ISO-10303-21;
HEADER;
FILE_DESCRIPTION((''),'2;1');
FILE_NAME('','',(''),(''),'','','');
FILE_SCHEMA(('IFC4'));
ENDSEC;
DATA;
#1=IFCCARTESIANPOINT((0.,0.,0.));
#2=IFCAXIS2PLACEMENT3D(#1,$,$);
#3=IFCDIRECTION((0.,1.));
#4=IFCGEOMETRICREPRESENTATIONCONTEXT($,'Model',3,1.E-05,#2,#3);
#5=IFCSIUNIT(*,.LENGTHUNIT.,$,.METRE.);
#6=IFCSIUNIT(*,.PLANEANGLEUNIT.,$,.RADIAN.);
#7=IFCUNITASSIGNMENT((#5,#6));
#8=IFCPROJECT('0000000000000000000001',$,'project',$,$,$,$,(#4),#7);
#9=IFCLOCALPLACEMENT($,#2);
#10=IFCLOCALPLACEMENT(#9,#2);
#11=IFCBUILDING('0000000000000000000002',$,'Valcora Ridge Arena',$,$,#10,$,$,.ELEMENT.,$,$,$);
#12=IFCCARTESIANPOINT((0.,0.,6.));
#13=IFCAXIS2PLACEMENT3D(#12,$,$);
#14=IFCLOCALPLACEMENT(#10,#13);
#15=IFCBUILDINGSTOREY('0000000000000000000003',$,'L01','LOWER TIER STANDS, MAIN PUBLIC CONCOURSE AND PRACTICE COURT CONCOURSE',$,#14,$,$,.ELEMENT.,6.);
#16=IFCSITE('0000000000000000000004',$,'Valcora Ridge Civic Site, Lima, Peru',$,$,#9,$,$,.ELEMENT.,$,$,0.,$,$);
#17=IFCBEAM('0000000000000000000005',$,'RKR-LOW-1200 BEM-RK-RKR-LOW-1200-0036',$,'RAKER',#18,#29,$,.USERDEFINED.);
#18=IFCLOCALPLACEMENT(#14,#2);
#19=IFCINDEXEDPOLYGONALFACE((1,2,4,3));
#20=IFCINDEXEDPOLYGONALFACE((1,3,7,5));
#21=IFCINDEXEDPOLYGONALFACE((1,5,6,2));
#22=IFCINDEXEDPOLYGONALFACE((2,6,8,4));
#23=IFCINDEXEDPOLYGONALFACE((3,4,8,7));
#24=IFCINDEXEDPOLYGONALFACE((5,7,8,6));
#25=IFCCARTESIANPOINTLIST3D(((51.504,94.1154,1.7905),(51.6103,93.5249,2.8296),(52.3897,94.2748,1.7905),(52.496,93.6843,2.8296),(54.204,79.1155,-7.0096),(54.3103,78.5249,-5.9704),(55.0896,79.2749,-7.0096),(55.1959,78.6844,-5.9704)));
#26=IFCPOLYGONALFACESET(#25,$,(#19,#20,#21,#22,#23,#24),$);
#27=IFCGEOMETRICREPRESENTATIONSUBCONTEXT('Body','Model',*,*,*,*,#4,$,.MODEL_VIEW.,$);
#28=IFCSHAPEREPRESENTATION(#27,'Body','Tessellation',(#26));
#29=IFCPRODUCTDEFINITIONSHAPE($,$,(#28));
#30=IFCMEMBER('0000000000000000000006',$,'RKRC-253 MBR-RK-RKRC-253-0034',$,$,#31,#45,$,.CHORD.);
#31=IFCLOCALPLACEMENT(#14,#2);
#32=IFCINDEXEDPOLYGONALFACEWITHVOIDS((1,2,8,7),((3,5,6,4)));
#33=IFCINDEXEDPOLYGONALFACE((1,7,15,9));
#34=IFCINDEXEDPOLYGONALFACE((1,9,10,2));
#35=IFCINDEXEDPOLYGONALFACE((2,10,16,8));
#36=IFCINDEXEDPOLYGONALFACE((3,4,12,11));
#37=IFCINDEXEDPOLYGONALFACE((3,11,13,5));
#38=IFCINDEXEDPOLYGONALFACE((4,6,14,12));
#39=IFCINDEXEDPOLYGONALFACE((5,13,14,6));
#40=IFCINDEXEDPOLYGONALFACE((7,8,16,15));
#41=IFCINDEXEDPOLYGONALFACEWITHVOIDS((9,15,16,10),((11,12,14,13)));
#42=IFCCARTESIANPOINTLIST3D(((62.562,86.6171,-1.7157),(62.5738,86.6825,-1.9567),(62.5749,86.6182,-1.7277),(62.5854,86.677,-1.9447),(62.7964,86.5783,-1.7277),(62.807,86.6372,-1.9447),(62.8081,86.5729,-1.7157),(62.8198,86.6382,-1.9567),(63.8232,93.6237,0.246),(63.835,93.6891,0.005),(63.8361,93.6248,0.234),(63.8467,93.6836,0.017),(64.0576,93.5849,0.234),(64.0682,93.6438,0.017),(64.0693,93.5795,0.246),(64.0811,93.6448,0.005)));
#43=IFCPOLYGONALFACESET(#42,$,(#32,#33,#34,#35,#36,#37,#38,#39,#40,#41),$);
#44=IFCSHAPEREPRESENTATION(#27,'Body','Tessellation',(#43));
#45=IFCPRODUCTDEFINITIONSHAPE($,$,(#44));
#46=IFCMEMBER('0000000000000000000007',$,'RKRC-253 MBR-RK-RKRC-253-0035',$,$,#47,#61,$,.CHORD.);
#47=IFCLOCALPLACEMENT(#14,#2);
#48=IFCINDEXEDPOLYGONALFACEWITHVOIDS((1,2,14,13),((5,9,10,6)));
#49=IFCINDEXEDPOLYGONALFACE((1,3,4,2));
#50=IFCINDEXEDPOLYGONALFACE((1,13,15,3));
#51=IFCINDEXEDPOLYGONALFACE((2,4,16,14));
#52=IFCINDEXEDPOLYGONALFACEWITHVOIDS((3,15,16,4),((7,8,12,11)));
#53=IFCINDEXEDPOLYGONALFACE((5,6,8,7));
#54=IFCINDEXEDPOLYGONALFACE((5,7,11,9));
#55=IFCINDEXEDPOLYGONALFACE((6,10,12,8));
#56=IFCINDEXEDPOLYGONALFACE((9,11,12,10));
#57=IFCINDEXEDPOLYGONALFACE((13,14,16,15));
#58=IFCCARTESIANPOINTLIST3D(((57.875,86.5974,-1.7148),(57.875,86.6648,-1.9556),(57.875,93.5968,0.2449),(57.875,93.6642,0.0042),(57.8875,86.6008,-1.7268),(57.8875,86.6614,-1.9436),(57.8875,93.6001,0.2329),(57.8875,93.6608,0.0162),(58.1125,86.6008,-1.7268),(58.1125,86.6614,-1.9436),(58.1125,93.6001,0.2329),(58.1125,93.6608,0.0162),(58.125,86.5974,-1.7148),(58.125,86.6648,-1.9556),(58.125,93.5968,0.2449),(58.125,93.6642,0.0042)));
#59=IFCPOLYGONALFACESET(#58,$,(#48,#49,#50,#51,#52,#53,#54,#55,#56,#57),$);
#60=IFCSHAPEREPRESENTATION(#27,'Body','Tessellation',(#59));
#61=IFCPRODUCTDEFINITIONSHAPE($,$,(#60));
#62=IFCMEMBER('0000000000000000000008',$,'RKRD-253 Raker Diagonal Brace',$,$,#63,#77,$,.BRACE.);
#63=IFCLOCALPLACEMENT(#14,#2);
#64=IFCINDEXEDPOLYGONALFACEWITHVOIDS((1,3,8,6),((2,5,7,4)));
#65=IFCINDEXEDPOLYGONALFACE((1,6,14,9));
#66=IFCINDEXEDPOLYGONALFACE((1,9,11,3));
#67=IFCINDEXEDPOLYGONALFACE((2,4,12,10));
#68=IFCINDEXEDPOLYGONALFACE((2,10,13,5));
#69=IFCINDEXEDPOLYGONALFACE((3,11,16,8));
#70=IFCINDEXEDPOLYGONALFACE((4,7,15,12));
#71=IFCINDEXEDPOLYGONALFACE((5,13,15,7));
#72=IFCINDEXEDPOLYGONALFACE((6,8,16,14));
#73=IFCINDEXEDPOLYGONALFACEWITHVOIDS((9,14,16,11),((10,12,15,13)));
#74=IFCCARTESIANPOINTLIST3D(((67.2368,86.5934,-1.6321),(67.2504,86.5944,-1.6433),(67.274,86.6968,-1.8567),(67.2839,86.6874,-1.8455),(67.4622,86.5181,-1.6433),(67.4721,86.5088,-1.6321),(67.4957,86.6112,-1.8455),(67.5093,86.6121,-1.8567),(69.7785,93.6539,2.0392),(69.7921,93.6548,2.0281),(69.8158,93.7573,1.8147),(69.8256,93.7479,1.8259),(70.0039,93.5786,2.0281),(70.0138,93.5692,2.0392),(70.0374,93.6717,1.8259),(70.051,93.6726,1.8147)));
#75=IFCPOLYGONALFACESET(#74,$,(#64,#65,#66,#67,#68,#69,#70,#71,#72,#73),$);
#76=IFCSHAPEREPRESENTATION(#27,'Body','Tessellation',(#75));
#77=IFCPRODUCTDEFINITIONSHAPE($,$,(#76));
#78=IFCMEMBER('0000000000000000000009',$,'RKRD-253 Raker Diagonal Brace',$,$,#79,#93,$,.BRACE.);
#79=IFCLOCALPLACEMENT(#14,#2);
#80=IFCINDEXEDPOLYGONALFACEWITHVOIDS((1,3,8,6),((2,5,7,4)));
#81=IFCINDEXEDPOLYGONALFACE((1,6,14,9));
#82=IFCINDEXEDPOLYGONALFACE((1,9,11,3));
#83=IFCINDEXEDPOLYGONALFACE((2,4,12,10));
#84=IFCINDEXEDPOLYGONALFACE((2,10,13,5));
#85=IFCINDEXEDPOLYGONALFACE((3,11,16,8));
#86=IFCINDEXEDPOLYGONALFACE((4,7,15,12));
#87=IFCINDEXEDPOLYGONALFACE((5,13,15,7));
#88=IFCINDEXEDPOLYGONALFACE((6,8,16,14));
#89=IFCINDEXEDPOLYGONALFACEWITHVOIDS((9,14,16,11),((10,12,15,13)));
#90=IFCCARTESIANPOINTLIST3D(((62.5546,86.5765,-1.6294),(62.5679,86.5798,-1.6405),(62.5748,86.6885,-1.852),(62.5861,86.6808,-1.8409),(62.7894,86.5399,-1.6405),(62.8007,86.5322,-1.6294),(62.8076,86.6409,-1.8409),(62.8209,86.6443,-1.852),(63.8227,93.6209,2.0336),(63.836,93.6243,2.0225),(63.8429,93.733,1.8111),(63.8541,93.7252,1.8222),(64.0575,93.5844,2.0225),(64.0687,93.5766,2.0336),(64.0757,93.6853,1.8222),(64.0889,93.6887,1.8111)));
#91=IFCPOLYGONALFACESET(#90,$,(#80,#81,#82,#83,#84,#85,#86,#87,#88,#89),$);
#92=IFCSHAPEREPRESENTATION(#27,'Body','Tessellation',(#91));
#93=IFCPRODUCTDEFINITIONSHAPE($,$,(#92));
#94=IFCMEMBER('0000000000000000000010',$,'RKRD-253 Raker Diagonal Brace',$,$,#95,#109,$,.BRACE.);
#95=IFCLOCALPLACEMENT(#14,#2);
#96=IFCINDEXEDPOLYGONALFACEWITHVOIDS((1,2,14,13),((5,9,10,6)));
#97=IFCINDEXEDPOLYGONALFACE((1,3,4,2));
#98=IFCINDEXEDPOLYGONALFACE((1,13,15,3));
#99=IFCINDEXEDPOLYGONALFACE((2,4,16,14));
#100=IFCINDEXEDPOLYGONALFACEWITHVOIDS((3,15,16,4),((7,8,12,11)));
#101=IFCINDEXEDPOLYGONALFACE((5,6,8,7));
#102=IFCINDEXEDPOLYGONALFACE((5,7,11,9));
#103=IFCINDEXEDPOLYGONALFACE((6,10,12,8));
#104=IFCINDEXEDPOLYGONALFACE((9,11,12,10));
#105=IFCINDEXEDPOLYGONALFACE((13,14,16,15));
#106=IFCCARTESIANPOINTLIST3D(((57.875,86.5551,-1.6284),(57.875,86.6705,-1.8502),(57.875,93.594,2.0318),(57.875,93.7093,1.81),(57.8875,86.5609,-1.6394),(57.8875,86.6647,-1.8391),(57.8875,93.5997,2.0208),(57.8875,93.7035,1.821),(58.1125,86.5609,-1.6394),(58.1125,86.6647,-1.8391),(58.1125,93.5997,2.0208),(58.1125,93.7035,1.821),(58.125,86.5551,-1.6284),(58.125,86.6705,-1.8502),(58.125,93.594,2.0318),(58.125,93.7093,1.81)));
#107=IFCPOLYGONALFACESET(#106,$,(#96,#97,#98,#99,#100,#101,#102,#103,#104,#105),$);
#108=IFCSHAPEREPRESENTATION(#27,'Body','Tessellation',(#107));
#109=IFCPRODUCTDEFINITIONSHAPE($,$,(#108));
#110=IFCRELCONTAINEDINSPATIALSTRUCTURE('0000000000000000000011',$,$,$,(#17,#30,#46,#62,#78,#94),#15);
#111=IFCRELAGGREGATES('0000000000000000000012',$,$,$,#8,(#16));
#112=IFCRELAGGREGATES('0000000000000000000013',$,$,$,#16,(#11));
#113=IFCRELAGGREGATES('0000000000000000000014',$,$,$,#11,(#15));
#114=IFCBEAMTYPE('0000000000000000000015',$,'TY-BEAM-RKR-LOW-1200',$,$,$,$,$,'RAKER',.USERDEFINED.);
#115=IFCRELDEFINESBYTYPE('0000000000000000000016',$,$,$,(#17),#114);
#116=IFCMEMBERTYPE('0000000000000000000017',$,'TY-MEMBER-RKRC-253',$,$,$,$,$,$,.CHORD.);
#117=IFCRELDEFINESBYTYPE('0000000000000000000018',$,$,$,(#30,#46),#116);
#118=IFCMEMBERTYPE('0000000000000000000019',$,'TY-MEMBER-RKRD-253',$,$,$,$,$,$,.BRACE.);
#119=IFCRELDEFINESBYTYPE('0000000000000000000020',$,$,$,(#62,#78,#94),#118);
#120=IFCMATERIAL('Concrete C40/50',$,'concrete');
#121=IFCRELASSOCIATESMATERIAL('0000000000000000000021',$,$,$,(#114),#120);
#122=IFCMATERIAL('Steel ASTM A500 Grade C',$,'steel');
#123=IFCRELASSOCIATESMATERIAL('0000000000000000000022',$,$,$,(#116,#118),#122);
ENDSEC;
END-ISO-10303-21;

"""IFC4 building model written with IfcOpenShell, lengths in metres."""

from ifc_helpers import new_model, si_unit, direction, frame, origin, origin_2d, place, context, subcontext, project, spatial, rectangle, hollow_rectangle, extrude, material, material_profile, profile_set, type_object, element, save


model = new_model("IFC4")

# Units and contexts
model_context = context("Model", 3, precision=1e-05, world=origin(), true_north=direction((0.0, 1.0)))
body_context = subcontext(model_context, "Body", "Model", "MODEL_VIEW")
ifc_project = project(units=[si_unit("LENGTHUNIT", "METRE"), si_unit("PLANEANGLEUNIT", "RADIAN")], contexts=[model_context])

# Site, building, storey
site_placement = place(None, origin())
site = spatial("IfcSite", under=ifc_project, at=site_placement, Name="Valcora Ridge Civic Site, Lima, Peru", CompositionType="ELEMENT", RefElevation=0.0)
building_placement = place(site_placement, origin())
building = spatial("IfcBuilding", under=site, at=building_placement, Name="Valcora Ridge Arena", CompositionType="ELEMENT")
storey_placement = place(building_placement, frame((0.0, 0.0, 6.0)))
storey = spatial("IfcBuildingStorey", under=building, at=storey_placement, Name="L01", Description="LOWER TIER STANDS, MAIN PUBLIC CONCOURSE AND PRACTICE COURT CONCOURSE", CompositionType="ELEMENT", Elevation=6.0)

# Shared definitions
ifc_material_1 = material(Name="Concrete C40/50", Category="concrete")

# Beam
ifc_material_profile_1 = material_profile(ifc_material_1, rectangle(XDim=0.8999, YDim=1.2, at=origin_2d()), Name="RC 900x1200")
ifc_profile_set_1 = profile_set([ifc_material_profile_1], Name="Concrete C40/50")
beam_type_1 = type_object("IfcBeamType", Name="TY-BEAM-RKR-LOW-1200", ElementType="RAKER", PredefinedType="USERDEFINED", material=ifc_profile_set_1)
beam_1_placement = place(storey_placement, frame((54.7, 78.8999, -6.49), z_axis=(-0.153414, 0.852313, 0.500027), x_axis=(-0.984184, -0.17715, 0.0)))
element("IfcBeam", 1, at=beam_1_placement, inside=storey, type_object=beam_type_1, Name="RKR-LOW-1200 BEM-RK-RKR-LOW-1200-0036", ObjectType="RAKER", PredefinedType="USERDEFINED", context=body_context, shape_type="SweptSolid", body=[
    extrude(rectangle(XDim=0.8999, YDim=1.2, at=origin_2d()), origin(), (0.0, 0.0, 1.0), 17.5991),
])

# Members
ifc_material_2 = material(Name="Steel ASTM A500 Grade C", Category="steel")
ifc_material_profile_2 = material_profile(ifc_material_2, hollow_rectangle(XDim=0.25, YDim=0.25, WallThickness=0.0125, at=origin_2d()), Name="HSS250X250X12")
ifc_profile_set_2 = profile_set([ifc_material_profile_2], Name="Steel ASTM A500 Grade C")
member_type_1 = type_object("IfcMemberType", Name="TY-MEMBER-RKRC-253", PredefinedType="CHORD", material=ifc_profile_set_2)
member_1_placement = place(storey_placement, frame((62.6909, 86.6277, -1.8362), z_axis=(0.170794, 0.948821, 0.265646), x_axis=(-0.984182, 0.177159, 0.0)))
element("IfcMember", 2, at=member_1_placement, inside=storey, type_object=member_type_1, Name="RKRC-253 MBR-RK-RKRC-253-0034", PredefinedType="CHORD", context=body_context, shape_type="SweptSolid", body=[
    extrude(hollow_rectangle(XDim=0.25, YDim=0.25, WallThickness=0.0125, at=origin_2d()), origin(), (0.0, 0.0, 1.0), 7.3845),
])
member_2_placement = place(storey_placement, frame((58.0, 86.6311, -1.8352), z_axis=(0.0, 0.962967, 0.26962), x_axis=(-1.0, 0.0, 0.0)))
element("IfcMember", 3, at=member_2_placement, inside=storey, type_object=member_type_1, Name="RKRC-253 MBR-RK-RKRC-253-0035", PredefinedType="CHORD", context=body_context, shape_type="SweptSolid", body=[
    extrude(hollow_rectangle(XDim=0.25, YDim=0.25, WallThickness=0.0125, at=origin_2d()), origin(), (0.0, 0.0, 1.0), 7.2686),
])
ifc_material_profile_3 = material_profile(ifc_material_2, hollow_rectangle(XDim=0.25, YDim=0.25, WallThickness=0.0125, at=origin_2d()), Name="HSS250X250X12")
ifc_profile_set_3 = profile_set([ifc_material_profile_3], Name="Steel ASTM A500 Grade C")
member_type_2 = type_object("IfcMemberType", Name="TY-MEMBER-RKRD-253", PredefinedType="BRACE", material=ifc_profile_set_3)
member_3_placement = place(storey_placement, frame((67.373, 86.6028, -1.7444), z_axis=(0.304252, 0.84516, 0.439472), x_axis=(-0.940889, 0.338714, 0.0)))
element("IfcMember", 4, at=member_3_placement, inside=storey, type_object=member_type_2, Name="RKRD-253 Raker Diagonal Brace", PredefinedType="BRACE", context=body_context, shape_type="SweptSolid", body=[
    extrude(hollow_rectangle(XDim=0.25, YDim=0.25, WallThickness=0.0125, at=origin_2d()), origin(), (0.0, 0.0, 1.0), 8.354),
])
member_4_placement = place(storey_placement, frame((62.6877, 86.6104, -1.7407), z_axis=(0.157709, 0.876115, 0.455577), x_axis=(-0.984182, 0.177162, 0.0)))
element("IfcMember", 5, at=member_4_placement, inside=storey, type_object=member_type_2, Name="RKRD-253 Raker Diagonal Brace", PredefinedType="BRACE", context=body_context, shape_type="SweptSolid", body=[
    extrude(hollow_rectangle(XDim=0.25, YDim=0.25, WallThickness=0.0125, at=origin_2d()), origin(), (0.0, 0.0, 1.0), 8.0405),
])
member_5_placement = place(storey_placement, frame((58.0, 86.6128, -1.7393), z_axis=(0.0, 0.887218, 0.46135), x_axis=(-1.0, 0.0, 0.0)))
element("IfcMember", 6, at=member_5_placement, inside=storey, type_object=member_type_2, Name="RKRD-253 Raker Diagonal Brace", PredefinedType="BRACE", context=body_context, shape_type="SweptSolid", body=[
    extrude(hollow_rectangle(XDim=0.25, YDim=0.25, WallThickness=0.0125, at=origin_2d()), origin(), (0.0, 0.0, 1.0), 7.9336),
])

save(model, "model.ifc")
